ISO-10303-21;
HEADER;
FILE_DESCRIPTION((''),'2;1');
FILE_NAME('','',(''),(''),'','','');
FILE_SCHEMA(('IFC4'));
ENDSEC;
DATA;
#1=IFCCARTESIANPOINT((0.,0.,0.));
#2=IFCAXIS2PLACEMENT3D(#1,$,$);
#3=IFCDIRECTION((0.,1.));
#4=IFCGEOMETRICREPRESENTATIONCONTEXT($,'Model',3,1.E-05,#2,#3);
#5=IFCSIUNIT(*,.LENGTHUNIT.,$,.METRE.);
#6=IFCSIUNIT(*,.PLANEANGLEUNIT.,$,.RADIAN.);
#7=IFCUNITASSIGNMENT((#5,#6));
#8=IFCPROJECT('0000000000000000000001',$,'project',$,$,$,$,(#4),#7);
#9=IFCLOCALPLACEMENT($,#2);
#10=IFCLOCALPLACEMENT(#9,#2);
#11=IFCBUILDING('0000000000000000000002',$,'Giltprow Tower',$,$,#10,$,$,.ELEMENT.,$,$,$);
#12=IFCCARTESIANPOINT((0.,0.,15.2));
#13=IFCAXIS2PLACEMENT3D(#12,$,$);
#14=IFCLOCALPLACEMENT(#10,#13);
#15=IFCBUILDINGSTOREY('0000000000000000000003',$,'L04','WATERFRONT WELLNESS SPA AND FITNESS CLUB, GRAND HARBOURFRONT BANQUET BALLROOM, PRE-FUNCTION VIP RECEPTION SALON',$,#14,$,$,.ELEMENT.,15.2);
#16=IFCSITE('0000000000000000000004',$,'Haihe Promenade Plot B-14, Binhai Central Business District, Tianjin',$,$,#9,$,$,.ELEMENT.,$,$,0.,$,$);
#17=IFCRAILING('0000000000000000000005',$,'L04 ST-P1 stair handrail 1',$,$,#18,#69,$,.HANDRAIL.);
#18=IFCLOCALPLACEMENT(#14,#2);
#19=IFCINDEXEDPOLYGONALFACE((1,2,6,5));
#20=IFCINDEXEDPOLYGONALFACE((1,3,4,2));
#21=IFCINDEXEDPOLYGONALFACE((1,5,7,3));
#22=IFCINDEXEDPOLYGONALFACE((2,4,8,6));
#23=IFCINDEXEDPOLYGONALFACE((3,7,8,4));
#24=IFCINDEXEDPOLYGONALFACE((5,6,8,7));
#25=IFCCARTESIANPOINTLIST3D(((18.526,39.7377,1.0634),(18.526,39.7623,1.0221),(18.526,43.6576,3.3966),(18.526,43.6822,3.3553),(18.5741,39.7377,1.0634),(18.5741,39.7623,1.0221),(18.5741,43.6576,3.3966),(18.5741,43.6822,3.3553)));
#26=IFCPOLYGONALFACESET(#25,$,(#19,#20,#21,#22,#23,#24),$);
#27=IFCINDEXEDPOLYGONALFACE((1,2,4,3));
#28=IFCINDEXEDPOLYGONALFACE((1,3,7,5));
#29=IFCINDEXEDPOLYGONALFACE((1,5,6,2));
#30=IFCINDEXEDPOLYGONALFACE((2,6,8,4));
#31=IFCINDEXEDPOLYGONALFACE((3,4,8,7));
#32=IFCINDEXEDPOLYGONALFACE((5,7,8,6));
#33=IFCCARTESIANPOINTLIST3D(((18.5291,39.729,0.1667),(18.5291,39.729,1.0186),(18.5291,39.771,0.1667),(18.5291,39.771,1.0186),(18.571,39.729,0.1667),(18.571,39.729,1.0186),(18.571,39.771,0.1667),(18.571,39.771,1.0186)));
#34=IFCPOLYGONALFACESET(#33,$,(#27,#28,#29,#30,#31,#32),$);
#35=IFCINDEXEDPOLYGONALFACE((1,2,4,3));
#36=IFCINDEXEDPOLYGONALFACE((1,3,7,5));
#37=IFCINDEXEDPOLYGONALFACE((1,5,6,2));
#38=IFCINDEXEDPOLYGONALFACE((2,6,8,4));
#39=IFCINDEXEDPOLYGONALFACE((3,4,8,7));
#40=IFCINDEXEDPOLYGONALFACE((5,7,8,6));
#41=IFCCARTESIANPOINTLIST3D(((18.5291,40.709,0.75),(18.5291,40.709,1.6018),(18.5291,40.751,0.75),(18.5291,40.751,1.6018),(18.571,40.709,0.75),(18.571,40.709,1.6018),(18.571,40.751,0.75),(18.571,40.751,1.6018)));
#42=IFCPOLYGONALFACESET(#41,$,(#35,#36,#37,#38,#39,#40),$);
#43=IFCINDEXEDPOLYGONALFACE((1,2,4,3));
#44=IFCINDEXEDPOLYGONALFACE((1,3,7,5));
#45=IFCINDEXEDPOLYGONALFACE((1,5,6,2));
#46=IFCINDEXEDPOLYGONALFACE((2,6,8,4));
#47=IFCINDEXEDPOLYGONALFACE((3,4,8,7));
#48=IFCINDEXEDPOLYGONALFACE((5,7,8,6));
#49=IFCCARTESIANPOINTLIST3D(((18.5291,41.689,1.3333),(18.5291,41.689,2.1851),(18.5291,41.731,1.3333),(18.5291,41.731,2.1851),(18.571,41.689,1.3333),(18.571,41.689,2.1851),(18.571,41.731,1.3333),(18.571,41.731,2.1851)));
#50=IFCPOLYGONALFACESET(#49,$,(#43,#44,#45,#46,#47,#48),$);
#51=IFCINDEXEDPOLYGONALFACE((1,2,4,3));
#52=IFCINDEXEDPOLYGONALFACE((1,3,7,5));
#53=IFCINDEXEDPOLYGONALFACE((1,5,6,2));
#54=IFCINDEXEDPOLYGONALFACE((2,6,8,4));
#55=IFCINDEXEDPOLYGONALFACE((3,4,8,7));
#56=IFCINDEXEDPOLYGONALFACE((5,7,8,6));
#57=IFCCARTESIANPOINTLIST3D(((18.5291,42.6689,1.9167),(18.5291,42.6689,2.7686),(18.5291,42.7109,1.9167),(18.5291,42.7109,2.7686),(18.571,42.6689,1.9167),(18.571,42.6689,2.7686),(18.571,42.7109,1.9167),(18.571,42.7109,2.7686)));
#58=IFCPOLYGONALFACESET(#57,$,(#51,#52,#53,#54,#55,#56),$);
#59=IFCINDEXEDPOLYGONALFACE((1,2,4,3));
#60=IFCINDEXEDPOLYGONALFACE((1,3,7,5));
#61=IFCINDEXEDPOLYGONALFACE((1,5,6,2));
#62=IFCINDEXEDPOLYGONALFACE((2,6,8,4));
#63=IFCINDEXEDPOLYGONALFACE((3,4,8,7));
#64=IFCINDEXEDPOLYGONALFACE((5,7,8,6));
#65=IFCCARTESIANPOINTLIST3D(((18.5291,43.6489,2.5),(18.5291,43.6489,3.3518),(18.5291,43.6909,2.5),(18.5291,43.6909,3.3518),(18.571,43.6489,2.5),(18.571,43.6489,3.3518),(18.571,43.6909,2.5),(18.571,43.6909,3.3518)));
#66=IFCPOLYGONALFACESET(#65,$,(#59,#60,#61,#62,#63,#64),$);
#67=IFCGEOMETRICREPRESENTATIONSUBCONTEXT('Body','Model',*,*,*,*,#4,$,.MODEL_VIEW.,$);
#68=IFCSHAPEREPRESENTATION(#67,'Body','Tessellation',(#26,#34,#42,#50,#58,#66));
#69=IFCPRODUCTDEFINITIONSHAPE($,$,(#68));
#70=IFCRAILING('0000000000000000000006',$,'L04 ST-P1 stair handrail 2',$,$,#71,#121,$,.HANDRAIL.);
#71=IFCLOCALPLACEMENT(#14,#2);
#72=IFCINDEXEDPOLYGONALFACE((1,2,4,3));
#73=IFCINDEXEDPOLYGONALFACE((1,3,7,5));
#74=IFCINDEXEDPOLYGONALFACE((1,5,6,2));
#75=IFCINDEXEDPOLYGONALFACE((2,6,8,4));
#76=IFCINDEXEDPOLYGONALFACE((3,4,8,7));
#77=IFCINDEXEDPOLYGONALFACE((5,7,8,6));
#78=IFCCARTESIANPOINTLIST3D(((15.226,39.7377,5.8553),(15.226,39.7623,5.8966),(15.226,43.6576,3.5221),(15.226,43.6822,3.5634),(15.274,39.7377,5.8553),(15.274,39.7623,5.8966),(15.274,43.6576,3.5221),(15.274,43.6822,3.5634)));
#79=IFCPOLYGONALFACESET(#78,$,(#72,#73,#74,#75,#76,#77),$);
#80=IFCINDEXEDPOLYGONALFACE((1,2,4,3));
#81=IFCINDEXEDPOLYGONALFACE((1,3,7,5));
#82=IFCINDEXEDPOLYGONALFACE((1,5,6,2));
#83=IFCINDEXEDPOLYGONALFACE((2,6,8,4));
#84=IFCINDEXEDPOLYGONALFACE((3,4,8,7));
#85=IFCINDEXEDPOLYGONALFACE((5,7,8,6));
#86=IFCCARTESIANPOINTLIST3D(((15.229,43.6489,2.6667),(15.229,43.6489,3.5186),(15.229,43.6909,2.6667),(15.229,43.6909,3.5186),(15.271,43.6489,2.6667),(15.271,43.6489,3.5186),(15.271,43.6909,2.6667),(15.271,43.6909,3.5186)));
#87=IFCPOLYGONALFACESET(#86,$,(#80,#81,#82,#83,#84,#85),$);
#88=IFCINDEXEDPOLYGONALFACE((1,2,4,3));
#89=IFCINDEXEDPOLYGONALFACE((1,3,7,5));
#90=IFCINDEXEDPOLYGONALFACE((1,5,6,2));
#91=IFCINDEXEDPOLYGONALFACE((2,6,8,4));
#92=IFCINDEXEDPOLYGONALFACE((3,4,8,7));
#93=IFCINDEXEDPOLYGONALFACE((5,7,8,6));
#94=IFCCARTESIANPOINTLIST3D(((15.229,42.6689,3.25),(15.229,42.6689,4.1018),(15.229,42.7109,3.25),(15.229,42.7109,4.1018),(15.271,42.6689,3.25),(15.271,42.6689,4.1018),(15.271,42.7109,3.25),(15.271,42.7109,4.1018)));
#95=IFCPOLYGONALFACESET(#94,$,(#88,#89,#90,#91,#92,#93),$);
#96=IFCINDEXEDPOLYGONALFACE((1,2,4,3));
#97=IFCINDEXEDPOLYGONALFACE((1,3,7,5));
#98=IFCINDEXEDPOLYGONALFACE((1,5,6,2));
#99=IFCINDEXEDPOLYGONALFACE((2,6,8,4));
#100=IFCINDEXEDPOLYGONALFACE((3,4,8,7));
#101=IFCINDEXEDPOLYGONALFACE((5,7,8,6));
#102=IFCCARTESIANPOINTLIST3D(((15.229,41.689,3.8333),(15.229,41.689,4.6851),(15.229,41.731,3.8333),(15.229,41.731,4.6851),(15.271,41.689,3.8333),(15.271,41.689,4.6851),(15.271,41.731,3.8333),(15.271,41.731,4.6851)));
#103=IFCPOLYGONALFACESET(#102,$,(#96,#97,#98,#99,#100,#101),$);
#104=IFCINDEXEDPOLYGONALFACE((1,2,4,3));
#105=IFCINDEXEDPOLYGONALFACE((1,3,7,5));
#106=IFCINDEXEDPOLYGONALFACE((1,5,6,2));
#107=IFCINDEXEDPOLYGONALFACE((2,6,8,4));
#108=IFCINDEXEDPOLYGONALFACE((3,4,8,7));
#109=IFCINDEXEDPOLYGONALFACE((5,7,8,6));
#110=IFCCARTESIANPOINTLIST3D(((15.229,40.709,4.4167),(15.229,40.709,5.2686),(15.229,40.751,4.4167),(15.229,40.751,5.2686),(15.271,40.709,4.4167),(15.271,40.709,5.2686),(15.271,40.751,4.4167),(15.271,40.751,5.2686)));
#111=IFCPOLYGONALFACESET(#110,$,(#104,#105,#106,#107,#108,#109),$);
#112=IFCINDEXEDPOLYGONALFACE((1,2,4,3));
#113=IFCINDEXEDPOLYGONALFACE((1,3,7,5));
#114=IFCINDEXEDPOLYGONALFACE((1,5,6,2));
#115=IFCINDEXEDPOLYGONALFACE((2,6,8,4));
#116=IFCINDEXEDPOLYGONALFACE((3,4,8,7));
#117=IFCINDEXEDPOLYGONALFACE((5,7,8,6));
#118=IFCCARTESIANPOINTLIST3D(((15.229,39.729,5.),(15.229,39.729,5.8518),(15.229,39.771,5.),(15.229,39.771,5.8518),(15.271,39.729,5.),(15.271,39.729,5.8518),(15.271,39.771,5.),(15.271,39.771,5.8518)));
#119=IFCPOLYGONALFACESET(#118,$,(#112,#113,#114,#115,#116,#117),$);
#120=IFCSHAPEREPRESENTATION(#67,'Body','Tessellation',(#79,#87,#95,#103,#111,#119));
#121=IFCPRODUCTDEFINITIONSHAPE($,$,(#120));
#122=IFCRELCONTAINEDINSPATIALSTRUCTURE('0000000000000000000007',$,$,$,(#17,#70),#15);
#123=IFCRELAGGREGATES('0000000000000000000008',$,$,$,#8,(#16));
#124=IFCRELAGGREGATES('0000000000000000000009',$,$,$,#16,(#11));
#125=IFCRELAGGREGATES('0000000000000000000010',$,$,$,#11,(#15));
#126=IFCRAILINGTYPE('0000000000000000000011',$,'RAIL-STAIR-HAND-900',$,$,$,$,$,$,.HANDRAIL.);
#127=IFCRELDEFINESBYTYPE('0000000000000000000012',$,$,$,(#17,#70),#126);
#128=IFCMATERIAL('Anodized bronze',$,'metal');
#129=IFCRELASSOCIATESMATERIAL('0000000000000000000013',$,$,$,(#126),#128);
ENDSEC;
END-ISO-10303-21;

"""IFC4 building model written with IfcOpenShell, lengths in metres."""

from ifc_helpers import new_model, si_unit, direction, frame, origin, origin_2d, place, context, subcontext, project, spatial, rectangle, extrude, material, type_object, element, save


model = new_model("IFC4")

# Units and contexts
model_context = context("Model", 3, precision=1e-05, world=origin(), true_north=direction((0.0, 1.0)))
body_context = subcontext(model_context, "Body", "Model", "MODEL_VIEW")
ifc_project = project(units=[si_unit("LENGTHUNIT", "METRE"), si_unit("PLANEANGLEUNIT", "RADIAN")], contexts=[model_context])

# Site, building, storey
site_placement = place(None, origin())
site = spatial("IfcSite", under=ifc_project, at=site_placement, Name="Haihe Promenade Plot B-14, Binhai Central Business District, Tianjin", CompositionType="ELEMENT", RefElevation=0.0)
building_placement = place(site_placement, origin())
building = spatial("IfcBuilding", under=site, at=building_placement, Name="Giltprow Tower", CompositionType="ELEMENT")
storey_placement = place(building_placement, frame((0.0, 0.0, 15.2)))
storey = spatial("IfcBuildingStorey", under=building, at=storey_placement, Name="L04", Description="WATERFRONT WELLNESS SPA AND FITNESS CLUB, GRAND HARBOURFRONT BANQUET BALLROOM, PRE-FUNCTION VIP RECEPTION SALON", CompositionType="ELEMENT", Elevation=15.2)

# Railings
ifc_material_1 = material(Name="Anodized bronze", Category="metal")
railing_type_1 = type_object("IfcRailingType", Name="RAIL-STAIR-HAND-900", PredefinedType="HANDRAIL", material=ifc_material_1)
railing_1_placement = place(storey_placement, frame((18.55, 39.75, 0.1667)))
element("IfcRailing", 1, at=railing_1_placement, inside=storey, type_object=railing_type_1, Name="L04 ST-P1 stair handrail 1", PredefinedType="HANDRAIL", context=body_context, shape_type="SweptSolid", body=[
    extrude(rectangle(XDim=0.0481, YDim=0.0481, at=origin_2d()), frame((0.0, 0.0, 0.876), z_axis=(0.0, 0.859296, 0.511478), x_axis=(-1.0, 0.0, 0.0)), (0.0, 0.0, 1.0), 4.5618),
    extrude(rectangle(XDim=0.042, YDim=0.042, at=origin_2d()), origin(), (0.0, 0.0, 1.0), 0.8518),
    extrude(rectangle(XDim=0.042, YDim=0.042, at=origin_2d()), frame((0.0, 0.98, 0.5833)), (0.0, 0.0, 1.0), 0.8518),
    extrude(rectangle(XDim=0.042, YDim=0.042, at=origin_2d()), frame((0.0, 1.96, 1.1665)), (0.0, 0.0, 1.0), 0.8518),
    extrude(rectangle(XDim=0.042, YDim=0.042, at=origin_2d()), frame((0.0, 2.9399, 1.75)), (0.0, 0.0, 1.0), 0.8518),
    extrude(rectangle(XDim=0.042, YDim=0.042, at=origin_2d()), frame((0.0, 3.9199, 2.3333)), (0.0, 0.0, 1.0), 0.8518),
])
railing_2_placement = place(storey_placement, frame((15.25, 43.6699, 2.6667)))
element("IfcRailing", 2, at=railing_2_placement, inside=storey, type_object=railing_type_1, Name="L04 ST-P1 stair handrail 2", PredefinedType="HANDRAIL", context=body_context, shape_type="SweptSolid", body=[
    extrude(rectangle(XDim=0.0481, YDim=0.0481, at=origin_2d()), frame((0.0, 0.0, 0.876), z_axis=(0.0, -0.859296, 0.511478), x_axis=(1.0, 0.0, 0.0)), (0.0, 0.0, 1.0), 4.5618),
    extrude(rectangle(XDim=0.042, YDim=0.042, at=origin_2d()), origin(), (0.0, 0.0, 1.0), 0.8518),
    extrude(rectangle(XDim=0.042, YDim=0.042, at=origin_2d()), frame((0.0, -0.98, 0.5833)), (0.0, 0.0, 1.0), 0.8518),
    extrude(rectangle(XDim=0.042, YDim=0.042, at=origin_2d()), frame((0.0, -1.96, 1.1665)), (0.0, 0.0, 1.0), 0.8518),
    extrude(rectangle(XDim=0.042, YDim=0.042, at=origin_2d()), frame((0.0, -2.9399, 1.75)), (0.0, 0.0, 1.0), 0.8518),
    extrude(rectangle(XDim=0.042, YDim=0.042, at=origin_2d()), frame((0.0, -3.9199, 2.3333)), (0.0, 0.0, 1.0), 0.8518),
])

save(model, "model.ifc")
